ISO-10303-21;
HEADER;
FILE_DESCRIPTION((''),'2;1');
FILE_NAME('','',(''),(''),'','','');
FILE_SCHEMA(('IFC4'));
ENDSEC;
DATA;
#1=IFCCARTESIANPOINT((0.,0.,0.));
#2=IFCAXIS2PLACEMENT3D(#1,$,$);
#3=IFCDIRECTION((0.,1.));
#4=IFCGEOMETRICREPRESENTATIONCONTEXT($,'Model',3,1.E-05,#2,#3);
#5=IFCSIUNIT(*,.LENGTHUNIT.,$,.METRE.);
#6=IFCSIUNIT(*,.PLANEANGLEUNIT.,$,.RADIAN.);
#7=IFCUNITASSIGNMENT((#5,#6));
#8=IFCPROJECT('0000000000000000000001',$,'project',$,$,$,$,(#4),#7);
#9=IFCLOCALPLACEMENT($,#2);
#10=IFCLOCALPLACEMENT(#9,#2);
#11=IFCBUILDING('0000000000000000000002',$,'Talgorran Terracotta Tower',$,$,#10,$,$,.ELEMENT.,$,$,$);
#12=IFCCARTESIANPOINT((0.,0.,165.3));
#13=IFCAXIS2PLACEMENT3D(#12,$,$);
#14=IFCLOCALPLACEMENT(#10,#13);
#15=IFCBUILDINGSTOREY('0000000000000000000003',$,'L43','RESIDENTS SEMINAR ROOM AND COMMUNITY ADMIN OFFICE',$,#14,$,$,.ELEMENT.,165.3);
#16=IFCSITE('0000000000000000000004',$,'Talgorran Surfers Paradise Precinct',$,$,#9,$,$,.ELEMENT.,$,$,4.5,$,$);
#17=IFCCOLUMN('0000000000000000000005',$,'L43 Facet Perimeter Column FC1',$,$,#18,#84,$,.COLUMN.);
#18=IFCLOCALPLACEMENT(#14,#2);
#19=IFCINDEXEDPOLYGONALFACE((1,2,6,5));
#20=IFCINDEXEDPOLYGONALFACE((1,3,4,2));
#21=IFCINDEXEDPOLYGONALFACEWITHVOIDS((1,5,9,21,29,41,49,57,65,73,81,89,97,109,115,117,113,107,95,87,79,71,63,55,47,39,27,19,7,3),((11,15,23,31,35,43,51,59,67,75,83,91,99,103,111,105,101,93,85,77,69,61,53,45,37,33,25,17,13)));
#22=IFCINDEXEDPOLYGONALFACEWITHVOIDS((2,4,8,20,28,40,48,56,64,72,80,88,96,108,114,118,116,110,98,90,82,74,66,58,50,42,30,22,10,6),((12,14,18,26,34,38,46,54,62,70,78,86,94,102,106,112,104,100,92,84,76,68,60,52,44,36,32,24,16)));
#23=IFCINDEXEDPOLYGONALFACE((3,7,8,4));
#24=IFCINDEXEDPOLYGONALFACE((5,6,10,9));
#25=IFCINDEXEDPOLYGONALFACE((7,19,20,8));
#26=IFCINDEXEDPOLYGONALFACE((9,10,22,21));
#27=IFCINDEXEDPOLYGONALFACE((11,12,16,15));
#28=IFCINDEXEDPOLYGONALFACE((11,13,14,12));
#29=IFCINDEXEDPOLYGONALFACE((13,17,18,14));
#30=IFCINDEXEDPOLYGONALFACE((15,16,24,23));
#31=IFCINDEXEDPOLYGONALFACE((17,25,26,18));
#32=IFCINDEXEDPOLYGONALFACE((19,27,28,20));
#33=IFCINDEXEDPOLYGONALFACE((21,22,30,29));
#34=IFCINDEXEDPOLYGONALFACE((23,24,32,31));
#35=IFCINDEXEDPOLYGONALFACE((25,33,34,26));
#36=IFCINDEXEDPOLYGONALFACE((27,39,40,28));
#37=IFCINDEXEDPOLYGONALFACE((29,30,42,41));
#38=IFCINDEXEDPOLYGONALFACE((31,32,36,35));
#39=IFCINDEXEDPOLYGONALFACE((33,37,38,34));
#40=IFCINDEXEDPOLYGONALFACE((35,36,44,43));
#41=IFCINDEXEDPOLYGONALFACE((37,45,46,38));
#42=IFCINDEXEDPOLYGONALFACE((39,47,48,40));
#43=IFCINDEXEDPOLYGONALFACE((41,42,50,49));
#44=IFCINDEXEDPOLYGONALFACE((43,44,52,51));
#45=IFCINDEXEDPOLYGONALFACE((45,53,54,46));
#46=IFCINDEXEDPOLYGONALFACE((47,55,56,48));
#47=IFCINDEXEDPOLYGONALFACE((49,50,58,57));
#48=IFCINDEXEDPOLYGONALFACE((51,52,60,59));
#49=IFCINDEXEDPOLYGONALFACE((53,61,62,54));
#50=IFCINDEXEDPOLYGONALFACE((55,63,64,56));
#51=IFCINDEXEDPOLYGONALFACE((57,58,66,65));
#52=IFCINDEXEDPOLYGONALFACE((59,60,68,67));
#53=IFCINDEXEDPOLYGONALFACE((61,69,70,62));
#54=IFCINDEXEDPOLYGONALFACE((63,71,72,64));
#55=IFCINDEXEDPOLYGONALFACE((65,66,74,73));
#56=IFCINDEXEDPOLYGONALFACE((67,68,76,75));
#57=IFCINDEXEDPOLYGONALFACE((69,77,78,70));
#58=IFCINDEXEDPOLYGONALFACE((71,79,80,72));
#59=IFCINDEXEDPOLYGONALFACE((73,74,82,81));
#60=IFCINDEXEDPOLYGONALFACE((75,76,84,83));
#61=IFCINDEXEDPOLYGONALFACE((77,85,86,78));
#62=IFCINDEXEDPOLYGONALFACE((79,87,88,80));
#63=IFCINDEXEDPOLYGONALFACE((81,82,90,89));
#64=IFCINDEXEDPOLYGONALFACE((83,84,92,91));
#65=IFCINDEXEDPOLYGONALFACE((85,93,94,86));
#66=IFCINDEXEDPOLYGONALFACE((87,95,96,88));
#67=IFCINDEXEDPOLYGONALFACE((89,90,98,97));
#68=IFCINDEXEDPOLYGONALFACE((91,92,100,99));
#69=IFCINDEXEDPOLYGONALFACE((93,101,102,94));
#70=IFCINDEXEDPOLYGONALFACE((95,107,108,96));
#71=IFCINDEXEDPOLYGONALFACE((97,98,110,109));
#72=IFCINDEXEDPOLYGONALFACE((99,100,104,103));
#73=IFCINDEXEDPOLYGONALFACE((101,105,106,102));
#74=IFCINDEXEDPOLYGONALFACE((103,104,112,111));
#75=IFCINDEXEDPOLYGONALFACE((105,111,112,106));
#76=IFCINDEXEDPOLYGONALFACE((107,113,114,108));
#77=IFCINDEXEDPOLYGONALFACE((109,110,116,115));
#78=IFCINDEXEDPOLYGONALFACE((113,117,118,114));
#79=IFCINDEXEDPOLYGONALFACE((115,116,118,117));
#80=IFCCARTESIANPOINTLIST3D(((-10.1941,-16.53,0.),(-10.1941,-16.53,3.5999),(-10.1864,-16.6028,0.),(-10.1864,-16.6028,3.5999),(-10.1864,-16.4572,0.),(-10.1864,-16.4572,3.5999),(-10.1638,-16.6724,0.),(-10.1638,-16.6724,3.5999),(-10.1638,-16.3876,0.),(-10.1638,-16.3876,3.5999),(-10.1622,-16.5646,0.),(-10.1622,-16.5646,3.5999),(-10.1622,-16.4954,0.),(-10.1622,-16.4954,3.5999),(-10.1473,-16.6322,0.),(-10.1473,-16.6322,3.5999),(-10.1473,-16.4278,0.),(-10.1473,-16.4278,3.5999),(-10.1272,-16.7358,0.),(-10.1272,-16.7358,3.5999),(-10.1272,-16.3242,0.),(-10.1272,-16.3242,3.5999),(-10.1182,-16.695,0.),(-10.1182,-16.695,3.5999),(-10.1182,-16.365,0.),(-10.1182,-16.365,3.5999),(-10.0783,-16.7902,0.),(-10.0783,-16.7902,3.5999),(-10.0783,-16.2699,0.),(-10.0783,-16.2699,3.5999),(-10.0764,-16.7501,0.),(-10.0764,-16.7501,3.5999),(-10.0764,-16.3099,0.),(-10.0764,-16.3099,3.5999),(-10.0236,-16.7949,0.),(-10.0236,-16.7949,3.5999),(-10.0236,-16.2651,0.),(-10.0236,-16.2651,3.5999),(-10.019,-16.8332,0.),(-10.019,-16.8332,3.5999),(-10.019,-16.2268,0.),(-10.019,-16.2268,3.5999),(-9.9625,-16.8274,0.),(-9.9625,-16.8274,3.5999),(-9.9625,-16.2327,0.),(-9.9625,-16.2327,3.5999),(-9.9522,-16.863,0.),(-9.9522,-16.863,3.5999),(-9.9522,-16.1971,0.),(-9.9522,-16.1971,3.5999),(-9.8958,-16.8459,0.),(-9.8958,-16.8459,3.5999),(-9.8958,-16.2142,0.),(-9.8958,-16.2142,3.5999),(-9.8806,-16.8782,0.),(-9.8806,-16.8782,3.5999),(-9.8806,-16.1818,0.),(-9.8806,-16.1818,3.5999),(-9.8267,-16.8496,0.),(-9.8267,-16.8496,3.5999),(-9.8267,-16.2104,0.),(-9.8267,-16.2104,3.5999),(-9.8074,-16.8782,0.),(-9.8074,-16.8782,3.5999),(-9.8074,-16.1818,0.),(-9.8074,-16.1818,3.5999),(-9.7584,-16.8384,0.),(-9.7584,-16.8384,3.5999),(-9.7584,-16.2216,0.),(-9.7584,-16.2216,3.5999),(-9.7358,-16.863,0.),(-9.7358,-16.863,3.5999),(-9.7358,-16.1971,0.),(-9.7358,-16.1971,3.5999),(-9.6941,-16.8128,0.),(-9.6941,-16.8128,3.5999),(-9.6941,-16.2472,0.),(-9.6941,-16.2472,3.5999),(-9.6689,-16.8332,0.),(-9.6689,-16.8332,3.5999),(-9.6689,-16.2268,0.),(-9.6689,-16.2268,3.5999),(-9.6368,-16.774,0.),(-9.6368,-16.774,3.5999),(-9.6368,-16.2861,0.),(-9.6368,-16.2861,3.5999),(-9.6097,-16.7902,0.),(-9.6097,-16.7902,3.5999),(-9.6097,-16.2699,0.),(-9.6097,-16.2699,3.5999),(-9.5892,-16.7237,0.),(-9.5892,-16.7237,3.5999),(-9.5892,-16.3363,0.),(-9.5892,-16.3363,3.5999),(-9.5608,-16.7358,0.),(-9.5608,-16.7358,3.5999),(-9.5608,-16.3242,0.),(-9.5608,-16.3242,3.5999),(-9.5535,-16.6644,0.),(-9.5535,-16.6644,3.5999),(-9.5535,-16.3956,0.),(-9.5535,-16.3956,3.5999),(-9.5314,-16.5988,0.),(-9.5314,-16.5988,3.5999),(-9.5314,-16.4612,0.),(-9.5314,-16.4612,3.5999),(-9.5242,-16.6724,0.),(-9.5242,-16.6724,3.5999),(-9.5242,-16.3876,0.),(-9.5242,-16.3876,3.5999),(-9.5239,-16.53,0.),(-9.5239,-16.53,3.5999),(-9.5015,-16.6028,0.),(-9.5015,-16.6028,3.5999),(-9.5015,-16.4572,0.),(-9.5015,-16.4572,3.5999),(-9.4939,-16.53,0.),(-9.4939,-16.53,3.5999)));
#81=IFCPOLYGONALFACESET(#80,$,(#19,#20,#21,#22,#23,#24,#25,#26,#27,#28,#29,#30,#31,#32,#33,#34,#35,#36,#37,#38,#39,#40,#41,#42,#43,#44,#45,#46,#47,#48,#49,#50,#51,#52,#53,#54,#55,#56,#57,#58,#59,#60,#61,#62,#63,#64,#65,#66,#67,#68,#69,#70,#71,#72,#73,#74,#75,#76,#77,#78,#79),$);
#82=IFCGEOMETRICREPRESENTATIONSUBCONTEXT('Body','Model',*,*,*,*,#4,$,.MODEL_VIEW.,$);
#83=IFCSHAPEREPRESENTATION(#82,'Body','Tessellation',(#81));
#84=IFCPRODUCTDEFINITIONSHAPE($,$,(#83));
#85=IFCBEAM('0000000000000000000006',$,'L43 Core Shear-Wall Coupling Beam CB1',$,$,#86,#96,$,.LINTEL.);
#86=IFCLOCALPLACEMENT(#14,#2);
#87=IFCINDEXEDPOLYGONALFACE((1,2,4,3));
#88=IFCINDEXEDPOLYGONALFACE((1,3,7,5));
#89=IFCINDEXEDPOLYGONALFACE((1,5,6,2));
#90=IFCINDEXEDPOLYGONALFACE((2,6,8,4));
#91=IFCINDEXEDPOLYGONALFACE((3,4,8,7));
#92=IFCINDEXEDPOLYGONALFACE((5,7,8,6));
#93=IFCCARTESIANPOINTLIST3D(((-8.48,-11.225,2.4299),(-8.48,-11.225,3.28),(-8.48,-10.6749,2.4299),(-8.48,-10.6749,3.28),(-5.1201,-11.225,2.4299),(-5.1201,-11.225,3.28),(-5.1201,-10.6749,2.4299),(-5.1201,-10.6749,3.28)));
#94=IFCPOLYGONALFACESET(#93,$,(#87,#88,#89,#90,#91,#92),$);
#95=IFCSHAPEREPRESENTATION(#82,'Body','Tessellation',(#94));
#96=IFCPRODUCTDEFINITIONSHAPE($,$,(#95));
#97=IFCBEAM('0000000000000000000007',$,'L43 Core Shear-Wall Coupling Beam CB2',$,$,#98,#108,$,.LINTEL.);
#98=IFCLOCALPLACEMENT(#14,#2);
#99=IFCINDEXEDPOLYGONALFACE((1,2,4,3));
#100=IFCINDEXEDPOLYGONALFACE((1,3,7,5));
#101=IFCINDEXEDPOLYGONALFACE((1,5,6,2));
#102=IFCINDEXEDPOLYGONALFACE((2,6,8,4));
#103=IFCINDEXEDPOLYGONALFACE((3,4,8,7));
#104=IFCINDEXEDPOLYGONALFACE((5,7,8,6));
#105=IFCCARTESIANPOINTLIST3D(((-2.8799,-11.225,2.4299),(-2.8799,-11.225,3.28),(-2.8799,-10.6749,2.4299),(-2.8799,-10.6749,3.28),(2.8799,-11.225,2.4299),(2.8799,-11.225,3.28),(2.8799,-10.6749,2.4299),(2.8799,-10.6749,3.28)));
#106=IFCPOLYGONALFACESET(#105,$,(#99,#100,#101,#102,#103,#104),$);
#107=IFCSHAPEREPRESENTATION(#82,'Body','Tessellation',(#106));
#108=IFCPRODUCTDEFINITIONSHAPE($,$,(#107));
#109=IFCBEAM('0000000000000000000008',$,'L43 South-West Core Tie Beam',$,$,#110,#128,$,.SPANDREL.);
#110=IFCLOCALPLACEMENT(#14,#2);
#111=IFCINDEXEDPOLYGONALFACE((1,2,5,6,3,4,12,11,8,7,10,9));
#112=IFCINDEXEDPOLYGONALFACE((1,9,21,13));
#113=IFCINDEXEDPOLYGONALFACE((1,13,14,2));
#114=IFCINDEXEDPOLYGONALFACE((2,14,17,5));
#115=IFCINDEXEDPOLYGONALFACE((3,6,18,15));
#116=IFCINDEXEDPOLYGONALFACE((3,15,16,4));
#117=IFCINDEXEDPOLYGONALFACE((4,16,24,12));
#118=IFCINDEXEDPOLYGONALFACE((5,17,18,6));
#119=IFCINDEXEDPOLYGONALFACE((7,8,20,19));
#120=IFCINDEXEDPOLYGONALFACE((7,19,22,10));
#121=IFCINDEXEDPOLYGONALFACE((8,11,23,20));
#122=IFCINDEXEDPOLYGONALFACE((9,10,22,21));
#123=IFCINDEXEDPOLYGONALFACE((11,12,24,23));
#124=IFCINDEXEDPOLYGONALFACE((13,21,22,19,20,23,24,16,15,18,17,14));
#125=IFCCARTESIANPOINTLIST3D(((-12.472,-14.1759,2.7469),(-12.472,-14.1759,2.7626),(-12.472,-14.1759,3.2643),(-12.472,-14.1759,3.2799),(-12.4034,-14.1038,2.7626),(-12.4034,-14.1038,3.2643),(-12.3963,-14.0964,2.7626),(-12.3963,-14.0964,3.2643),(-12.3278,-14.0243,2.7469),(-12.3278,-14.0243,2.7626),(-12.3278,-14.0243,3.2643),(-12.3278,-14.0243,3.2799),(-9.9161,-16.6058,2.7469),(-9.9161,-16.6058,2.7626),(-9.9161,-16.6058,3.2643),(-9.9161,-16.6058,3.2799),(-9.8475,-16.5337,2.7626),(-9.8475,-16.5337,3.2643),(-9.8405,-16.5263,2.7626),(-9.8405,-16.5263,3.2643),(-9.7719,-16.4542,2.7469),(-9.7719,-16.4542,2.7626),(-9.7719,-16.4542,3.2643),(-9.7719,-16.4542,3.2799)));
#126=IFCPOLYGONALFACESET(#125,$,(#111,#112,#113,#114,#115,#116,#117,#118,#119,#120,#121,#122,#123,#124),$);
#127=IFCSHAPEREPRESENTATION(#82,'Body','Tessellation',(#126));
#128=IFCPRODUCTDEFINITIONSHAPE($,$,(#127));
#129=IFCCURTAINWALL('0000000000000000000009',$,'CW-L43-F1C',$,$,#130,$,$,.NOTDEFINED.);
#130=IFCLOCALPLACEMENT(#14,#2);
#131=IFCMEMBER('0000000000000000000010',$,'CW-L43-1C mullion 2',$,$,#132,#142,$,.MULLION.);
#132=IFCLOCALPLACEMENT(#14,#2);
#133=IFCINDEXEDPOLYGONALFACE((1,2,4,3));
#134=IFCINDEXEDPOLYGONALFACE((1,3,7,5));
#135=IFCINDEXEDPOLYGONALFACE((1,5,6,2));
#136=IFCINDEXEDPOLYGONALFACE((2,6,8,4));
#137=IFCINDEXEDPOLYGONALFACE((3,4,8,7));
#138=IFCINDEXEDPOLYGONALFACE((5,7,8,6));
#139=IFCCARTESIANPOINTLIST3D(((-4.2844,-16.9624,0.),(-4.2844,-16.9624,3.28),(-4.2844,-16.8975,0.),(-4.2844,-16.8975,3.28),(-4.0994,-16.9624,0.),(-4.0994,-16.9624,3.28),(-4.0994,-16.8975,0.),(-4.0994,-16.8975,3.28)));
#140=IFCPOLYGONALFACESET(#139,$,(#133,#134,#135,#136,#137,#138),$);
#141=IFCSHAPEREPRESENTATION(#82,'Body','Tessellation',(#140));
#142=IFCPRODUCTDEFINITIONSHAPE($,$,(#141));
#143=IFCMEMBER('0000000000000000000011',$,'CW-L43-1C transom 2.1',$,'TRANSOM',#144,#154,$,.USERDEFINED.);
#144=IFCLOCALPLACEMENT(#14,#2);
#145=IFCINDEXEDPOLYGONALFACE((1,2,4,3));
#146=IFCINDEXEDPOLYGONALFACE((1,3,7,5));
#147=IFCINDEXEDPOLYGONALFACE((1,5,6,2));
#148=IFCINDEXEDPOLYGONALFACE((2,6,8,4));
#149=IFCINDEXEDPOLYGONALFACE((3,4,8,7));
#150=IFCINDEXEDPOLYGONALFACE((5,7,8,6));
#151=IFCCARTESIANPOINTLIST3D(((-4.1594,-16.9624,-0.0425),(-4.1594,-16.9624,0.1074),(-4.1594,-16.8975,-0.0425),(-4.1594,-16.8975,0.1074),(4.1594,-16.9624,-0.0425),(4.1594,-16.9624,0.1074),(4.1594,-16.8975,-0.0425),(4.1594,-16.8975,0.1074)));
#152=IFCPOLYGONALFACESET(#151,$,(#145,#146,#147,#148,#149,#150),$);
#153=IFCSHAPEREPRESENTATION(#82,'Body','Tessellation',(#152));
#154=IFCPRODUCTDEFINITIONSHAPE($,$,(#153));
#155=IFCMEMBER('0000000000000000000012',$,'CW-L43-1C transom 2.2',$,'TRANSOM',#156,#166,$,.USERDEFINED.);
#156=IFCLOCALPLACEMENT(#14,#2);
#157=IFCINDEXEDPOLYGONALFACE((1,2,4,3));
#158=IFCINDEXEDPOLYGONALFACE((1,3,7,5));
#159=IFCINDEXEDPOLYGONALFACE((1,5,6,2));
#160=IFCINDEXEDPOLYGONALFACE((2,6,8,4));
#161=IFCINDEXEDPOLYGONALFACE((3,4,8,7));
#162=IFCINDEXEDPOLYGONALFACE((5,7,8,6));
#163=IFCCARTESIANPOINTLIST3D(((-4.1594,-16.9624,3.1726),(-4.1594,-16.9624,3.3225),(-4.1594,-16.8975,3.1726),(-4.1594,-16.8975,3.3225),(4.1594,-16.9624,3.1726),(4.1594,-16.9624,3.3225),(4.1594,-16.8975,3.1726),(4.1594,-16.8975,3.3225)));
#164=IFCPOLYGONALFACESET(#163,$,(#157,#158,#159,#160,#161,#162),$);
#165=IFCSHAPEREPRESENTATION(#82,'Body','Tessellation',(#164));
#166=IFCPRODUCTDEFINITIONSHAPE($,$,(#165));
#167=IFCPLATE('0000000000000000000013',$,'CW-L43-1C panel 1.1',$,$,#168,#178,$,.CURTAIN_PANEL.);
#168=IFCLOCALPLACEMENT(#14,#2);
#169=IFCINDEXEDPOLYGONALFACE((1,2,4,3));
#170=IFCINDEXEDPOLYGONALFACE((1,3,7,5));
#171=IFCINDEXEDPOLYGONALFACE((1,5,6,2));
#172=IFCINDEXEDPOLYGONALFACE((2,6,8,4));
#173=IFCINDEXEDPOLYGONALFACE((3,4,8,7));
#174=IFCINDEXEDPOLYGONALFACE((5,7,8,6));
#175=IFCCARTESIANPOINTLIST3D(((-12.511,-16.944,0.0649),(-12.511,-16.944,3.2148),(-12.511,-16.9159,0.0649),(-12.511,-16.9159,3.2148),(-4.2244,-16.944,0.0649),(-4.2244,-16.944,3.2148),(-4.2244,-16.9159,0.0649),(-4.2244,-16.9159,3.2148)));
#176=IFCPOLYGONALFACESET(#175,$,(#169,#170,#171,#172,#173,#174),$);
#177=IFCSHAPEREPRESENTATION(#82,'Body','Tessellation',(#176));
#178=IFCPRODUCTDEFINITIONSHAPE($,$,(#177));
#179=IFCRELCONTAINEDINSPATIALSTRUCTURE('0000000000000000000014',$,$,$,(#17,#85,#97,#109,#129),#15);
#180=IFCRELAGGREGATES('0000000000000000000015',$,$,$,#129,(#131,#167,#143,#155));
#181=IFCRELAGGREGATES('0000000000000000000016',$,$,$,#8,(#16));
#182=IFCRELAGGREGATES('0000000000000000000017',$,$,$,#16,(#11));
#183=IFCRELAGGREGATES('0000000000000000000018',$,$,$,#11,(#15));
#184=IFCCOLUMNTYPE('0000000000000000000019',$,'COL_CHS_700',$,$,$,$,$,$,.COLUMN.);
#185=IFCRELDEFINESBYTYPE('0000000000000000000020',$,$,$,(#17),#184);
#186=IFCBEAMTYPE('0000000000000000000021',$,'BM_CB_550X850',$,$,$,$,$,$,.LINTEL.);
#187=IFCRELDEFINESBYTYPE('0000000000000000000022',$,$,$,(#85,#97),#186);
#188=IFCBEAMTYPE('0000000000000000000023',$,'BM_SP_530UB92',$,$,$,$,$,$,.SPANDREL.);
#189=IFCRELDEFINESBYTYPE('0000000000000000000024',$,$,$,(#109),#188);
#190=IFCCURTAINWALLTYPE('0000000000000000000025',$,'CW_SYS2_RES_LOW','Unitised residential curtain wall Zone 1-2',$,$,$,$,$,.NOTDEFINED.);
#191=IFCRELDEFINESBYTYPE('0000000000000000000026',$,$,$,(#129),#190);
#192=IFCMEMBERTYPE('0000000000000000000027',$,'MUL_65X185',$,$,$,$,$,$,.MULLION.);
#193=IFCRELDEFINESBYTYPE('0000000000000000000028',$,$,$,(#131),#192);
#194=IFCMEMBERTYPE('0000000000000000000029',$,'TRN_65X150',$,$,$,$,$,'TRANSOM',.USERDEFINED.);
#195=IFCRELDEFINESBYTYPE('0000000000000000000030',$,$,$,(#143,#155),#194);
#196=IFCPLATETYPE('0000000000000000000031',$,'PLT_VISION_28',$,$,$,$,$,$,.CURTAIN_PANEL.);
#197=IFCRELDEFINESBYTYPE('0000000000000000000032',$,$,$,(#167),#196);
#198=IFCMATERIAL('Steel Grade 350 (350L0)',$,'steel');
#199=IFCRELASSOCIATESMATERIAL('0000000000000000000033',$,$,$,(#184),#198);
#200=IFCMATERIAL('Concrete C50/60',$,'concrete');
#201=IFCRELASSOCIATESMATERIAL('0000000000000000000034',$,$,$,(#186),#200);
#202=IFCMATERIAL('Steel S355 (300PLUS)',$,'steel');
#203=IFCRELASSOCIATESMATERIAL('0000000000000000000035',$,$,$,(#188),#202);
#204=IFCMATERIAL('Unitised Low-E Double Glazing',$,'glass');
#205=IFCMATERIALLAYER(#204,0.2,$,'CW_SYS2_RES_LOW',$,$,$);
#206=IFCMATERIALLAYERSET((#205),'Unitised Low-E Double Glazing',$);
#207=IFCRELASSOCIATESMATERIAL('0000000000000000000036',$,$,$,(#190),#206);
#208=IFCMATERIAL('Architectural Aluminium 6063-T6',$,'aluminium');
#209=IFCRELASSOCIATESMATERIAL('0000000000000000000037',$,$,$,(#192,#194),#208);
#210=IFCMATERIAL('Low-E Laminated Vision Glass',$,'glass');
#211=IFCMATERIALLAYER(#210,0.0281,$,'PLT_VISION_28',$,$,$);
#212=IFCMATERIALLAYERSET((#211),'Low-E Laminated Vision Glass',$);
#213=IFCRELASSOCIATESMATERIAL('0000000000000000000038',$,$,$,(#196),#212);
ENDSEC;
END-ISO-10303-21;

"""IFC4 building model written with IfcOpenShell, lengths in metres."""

from ifc_helpers import new_model, si_unit, direction, frame, origin, origin_2d, place, context, subcontext, project, spatial, rectangle, hollow_circle, i_section, extrude, source, transform, mapped, material, layer, layer_set, material_profile, profile_set, type_object, type_shapes, element, aggregate, save


model = new_model("IFC4")

# Units and contexts
model_context = context("Model", 3, precision=1e-05, world=origin(), true_north=direction((0.0, 1.0)))
body_context = subcontext(model_context, "Body", "Model", "MODEL_VIEW")
ifc_project = project(units=[si_unit("LENGTHUNIT", "METRE"), si_unit("PLANEANGLEUNIT", "RADIAN")], contexts=[model_context])

# Site, building, storey
site_placement = place(None, origin())
site = spatial("IfcSite", under=ifc_project, at=site_placement, Name="Talgorran Surfers Paradise Precinct", CompositionType="ELEMENT", RefElevation=4.5)
building_placement = place(site_placement, origin())
building = spatial("IfcBuilding", under=site, at=building_placement, Name="Talgorran Terracotta Tower", CompositionType="ELEMENT")
storey_placement = place(building_placement, frame((0.0, 0.0, 165.3)))
storey = spatial("IfcBuildingStorey", under=building, at=storey_placement, Name="L43", Description="RESIDENTS SEMINAR ROOM AND COMMUNITY ADMIN OFFICE", CompositionType="ELEMENT", Elevation=165.3)

# Column
ifc_material_1 = material(Name="Steel Grade 350 (350L0)", Category="steel")
ifc_material_profile_1 = material_profile(ifc_material_1, hollow_circle(Radius=0.3501, WallThickness=0.03, at=origin_2d()), Name="CHS700X30")
ifc_profile_set_1 = profile_set([ifc_material_profile_1], Name="Steel Grade 350 (350L0)")
column_type = type_object("IfcColumnType", Name="COL_CHS_700", PredefinedType="COLUMN", material=ifc_profile_set_1)
column_placement = place(storey_placement, frame((-9.844, -16.53, 0.0), z_axis=(0.0, 0.0, 1.0), x_axis=(1.0, 0.0, 0.0)))
element("IfcColumn", 1, at=column_placement, inside=storey, type_object=column_type, Name="L43 Facet Perimeter Column FC1", PredefinedType="COLUMN", context=body_context, shape_type="SweptSolid", body=[
    extrude(hollow_circle(Radius=0.3501, WallThickness=0.03, at=origin_2d()), origin(), (0.0, 0.0, 1.0), 3.5999),
])

# Beams
ifc_material_2 = material(Name="Concrete C50/60", Category="concrete")
ifc_material_profile_2 = material_profile(ifc_material_2, rectangle(XDim=0.55, YDim=0.8501, at=origin_2d()), Name="RCCB550X850")
ifc_profile_set_2 = profile_set([ifc_material_profile_2], Name="Concrete C50/60")
beam_type_1 = type_object("IfcBeamType", Name="BM_CB_550X850", PredefinedType="LINTEL", material=ifc_profile_set_2)
beam_1_placement = place(storey_placement, frame((-8.48, -10.95, 2.855), z_axis=(1.0, 0.0, 0.0), x_axis=(0.0, 1.0, 0.0)))
element("IfcBeam", 2, at=beam_1_placement, inside=storey, type_object=beam_type_1, Name="L43 Core Shear-Wall Coupling Beam CB1", PredefinedType="LINTEL", context=body_context, shape_type="SweptSolid", body=[
    extrude(rectangle(XDim=0.55, YDim=0.8501, at=origin_2d()), origin(), (0.0, 0.0, 1.0), 3.3599),
])
beam_2_placement = place(storey_placement, frame((-2.8799, -10.95, 2.855), z_axis=(1.0, 0.0, 0.0), x_axis=(0.0, 1.0, 0.0)))
element("IfcBeam", 3, at=beam_2_placement, inside=storey, type_object=beam_type_1, Name="L43 Core Shear-Wall Coupling Beam CB2", PredefinedType="LINTEL", context=body_context, shape_type="SweptSolid", body=[
    extrude(rectangle(XDim=0.55, YDim=0.8501, at=origin_2d()), origin(), (0.0, 0.0, 1.0), 5.7598),
])
ifc_material_3 = material(Name="Steel S355 (300PLUS)", Category="steel")
ifc_material_profile_3 = material_profile(ifc_material_3, i_section(OverallWidth=0.2092, OverallDepth=0.533, WebThickness=0.0103, FlangeThickness=0.0156, at=origin_2d()), Name="530UB92.4")
ifc_profile_set_3 = profile_set([ifc_material_profile_3], Name="Steel S355 (300PLUS)")
beam_type_2 = type_object("IfcBeamType", Name="BM_SP_530UB92", PredefinedType="SPANDREL", material=ifc_profile_set_3)
beam_3_placement = place(storey_placement, frame((-9.844, -16.53, 3.0134), z_axis=(-0.724742, 0.689021, 0.0), x_axis=(-0.689021, -0.724742, 0.0)))
element("IfcBeam", 4, at=beam_3_placement, inside=storey, type_object=beam_type_2, Name="L43 South-West Core Tie Beam", PredefinedType="SPANDREL", context=body_context, shape_type="SweptSolid", body=[
    extrude(i_section(OverallWidth=0.2092, OverallDepth=0.533, WebThickness=0.0103, FlangeThickness=0.0156, at=origin_2d()), origin(), (0.0, 0.0, 1.0), 3.5266),
])

# Curtain wall, members, plate
ifc_material_4 = material(Name="Unitised Low-E Double Glazing", Category="glass")
ifc_layer_1 = layer(ifc_material_4, 0.2, Name="CW_SYS2_RES_LOW")
ifc_layer_set_1 = layer_set([ifc_layer_1], Name="Unitised Low-E Double Glazing")
curtain_wall_type = type_object("IfcCurtainWallType", Name="CW_SYS2_RES_LOW", Description="Unitised residential curtain wall Zone 1-2", PredefinedType="NOTDEFINED", material=ifc_layer_set_1)
curtain_wall_placement = place(storey_placement, origin())
curtain_wall = element("IfcCurtainWall", 5, at=curtain_wall_placement, inside=storey, type_object=curtain_wall_type, Name="CW-L43-F1C", PredefinedType="NOTDEFINED")
ifc_material_5 = material(Name="Architectural Aluminium 6063-T6", Category="aluminium")
ifc_material_profile_4 = material_profile(ifc_material_5, rectangle(XDim=0.0649, YDim=0.1851, at=origin_2d()), Name="CWM65X185")
ifc_profile_set_4 = profile_set([ifc_material_profile_4], Name="Architectural Aluminium 6063-T6")
member_type_1 = type_object("IfcMemberType", Name="MUL_65X185", PredefinedType="MULLION", material=ifc_profile_set_4)
member_1_placement = place(storey_placement, frame((-4.1919, -16.9299, 0.0), z_axis=(0.0, 0.0, 1.0), x_axis=(0.0, 1.0, 0.0)))
member_1 = element("IfcMember", 6, at=member_1_placement, type_object=member_type_1, Name="CW-L43-1C mullion 2", PredefinedType="MULLION", context=body_context, shape_type="SweptSolid", body=[
    extrude(rectangle(XDim=0.0649, YDim=0.1851, at=origin_2d()), origin(), (0.0, 0.0, 1.0), 3.28),
])
ifc_material_profile_5 = material_profile(ifc_material_5, rectangle(XDim=0.0649, YDim=0.1499, at=origin_2d()), Name="CWT65X150")
ifc_profile_set_5 = profile_set([ifc_material_profile_5], Name="Architectural Aluminium 6063-T6")
member_type_2 = type_object("IfcMemberType", Name="TRN_65X150", ElementType="TRANSOM", PredefinedType="USERDEFINED", material=ifc_profile_set_5)
member_2_placement = place(storey_placement, frame((-4.1594, -16.9299, 0.0325), z_axis=(1.0, 0.0, 0.0), x_axis=(0.0, 1.0, 0.0)))
member_2 = element("IfcMember", 7, at=member_2_placement, type_object=member_type_2, Name="CW-L43-1C transom 2.1", ObjectType="TRANSOM", PredefinedType="USERDEFINED", context=body_context, shape_type="SweptSolid", body=[
    extrude(rectangle(XDim=0.0649, YDim=0.1499, at=origin_2d()), origin(), (0.0, 0.0, 1.0), 8.3188),
])
member_3_placement = place(storey_placement, frame((-4.1594, -16.9299, 3.2476), z_axis=(1.0, 0.0, 0.0), x_axis=(0.0, 1.0, 0.0)))
member_3 = element("IfcMember", 8, at=member_3_placement, type_object=member_type_2, Name="CW-L43-1C transom 2.2", ObjectType="TRANSOM", PredefinedType="USERDEFINED", context=body_context, shape_type="SweptSolid", body=[
    extrude(rectangle(XDim=0.0649, YDim=0.1499, at=origin_2d()), origin(), (0.0, 0.0, 1.0), 8.3188),
])
ifc_material_6 = material(Name="Low-E Laminated Vision Glass", Category="glass")
ifc_layer_2 = layer(ifc_material_6, 0.0281, Name="PLT_VISION_28")
ifc_layer_set_2 = layer_set([ifc_layer_2], Name="Low-E Laminated Vision Glass")
plate_type = type_object("IfcPlateType", Name="PLT_VISION_28", PredefinedType="CURTAIN_PANEL", material=ifc_layer_set_2)
shared_shape = source(origin(), body_context, "Body", "SweptSolid", [
    extrude(rectangle(XDim=8.2866, YDim=0.0281, at=origin_2d()), origin(), (0.0, 0.0, 1.0), 3.1499),
])
type_shapes(plate_type, [shared_shape])
plate_placement = place(storey_placement, frame((-8.3677, -16.9299, 0.0649), z_axis=(0.0, 0.0, 1.0), x_axis=(1.0, 0.0, 0.0)))
plate = element("IfcPlate", 9, at=plate_placement, type_object=plate_type, Name="CW-L43-1C panel 1.1", PredefinedType="CURTAIN_PANEL", context=body_context, shape_type="MappedRepresentation", body=[
    mapped(shared_shape, transform((0.0, 0.0, 0.0), scale=1.0)),
])
aggregate(curtain_wall, [member_1, plate, member_2, member_3])

save(model, "model.ifc")
